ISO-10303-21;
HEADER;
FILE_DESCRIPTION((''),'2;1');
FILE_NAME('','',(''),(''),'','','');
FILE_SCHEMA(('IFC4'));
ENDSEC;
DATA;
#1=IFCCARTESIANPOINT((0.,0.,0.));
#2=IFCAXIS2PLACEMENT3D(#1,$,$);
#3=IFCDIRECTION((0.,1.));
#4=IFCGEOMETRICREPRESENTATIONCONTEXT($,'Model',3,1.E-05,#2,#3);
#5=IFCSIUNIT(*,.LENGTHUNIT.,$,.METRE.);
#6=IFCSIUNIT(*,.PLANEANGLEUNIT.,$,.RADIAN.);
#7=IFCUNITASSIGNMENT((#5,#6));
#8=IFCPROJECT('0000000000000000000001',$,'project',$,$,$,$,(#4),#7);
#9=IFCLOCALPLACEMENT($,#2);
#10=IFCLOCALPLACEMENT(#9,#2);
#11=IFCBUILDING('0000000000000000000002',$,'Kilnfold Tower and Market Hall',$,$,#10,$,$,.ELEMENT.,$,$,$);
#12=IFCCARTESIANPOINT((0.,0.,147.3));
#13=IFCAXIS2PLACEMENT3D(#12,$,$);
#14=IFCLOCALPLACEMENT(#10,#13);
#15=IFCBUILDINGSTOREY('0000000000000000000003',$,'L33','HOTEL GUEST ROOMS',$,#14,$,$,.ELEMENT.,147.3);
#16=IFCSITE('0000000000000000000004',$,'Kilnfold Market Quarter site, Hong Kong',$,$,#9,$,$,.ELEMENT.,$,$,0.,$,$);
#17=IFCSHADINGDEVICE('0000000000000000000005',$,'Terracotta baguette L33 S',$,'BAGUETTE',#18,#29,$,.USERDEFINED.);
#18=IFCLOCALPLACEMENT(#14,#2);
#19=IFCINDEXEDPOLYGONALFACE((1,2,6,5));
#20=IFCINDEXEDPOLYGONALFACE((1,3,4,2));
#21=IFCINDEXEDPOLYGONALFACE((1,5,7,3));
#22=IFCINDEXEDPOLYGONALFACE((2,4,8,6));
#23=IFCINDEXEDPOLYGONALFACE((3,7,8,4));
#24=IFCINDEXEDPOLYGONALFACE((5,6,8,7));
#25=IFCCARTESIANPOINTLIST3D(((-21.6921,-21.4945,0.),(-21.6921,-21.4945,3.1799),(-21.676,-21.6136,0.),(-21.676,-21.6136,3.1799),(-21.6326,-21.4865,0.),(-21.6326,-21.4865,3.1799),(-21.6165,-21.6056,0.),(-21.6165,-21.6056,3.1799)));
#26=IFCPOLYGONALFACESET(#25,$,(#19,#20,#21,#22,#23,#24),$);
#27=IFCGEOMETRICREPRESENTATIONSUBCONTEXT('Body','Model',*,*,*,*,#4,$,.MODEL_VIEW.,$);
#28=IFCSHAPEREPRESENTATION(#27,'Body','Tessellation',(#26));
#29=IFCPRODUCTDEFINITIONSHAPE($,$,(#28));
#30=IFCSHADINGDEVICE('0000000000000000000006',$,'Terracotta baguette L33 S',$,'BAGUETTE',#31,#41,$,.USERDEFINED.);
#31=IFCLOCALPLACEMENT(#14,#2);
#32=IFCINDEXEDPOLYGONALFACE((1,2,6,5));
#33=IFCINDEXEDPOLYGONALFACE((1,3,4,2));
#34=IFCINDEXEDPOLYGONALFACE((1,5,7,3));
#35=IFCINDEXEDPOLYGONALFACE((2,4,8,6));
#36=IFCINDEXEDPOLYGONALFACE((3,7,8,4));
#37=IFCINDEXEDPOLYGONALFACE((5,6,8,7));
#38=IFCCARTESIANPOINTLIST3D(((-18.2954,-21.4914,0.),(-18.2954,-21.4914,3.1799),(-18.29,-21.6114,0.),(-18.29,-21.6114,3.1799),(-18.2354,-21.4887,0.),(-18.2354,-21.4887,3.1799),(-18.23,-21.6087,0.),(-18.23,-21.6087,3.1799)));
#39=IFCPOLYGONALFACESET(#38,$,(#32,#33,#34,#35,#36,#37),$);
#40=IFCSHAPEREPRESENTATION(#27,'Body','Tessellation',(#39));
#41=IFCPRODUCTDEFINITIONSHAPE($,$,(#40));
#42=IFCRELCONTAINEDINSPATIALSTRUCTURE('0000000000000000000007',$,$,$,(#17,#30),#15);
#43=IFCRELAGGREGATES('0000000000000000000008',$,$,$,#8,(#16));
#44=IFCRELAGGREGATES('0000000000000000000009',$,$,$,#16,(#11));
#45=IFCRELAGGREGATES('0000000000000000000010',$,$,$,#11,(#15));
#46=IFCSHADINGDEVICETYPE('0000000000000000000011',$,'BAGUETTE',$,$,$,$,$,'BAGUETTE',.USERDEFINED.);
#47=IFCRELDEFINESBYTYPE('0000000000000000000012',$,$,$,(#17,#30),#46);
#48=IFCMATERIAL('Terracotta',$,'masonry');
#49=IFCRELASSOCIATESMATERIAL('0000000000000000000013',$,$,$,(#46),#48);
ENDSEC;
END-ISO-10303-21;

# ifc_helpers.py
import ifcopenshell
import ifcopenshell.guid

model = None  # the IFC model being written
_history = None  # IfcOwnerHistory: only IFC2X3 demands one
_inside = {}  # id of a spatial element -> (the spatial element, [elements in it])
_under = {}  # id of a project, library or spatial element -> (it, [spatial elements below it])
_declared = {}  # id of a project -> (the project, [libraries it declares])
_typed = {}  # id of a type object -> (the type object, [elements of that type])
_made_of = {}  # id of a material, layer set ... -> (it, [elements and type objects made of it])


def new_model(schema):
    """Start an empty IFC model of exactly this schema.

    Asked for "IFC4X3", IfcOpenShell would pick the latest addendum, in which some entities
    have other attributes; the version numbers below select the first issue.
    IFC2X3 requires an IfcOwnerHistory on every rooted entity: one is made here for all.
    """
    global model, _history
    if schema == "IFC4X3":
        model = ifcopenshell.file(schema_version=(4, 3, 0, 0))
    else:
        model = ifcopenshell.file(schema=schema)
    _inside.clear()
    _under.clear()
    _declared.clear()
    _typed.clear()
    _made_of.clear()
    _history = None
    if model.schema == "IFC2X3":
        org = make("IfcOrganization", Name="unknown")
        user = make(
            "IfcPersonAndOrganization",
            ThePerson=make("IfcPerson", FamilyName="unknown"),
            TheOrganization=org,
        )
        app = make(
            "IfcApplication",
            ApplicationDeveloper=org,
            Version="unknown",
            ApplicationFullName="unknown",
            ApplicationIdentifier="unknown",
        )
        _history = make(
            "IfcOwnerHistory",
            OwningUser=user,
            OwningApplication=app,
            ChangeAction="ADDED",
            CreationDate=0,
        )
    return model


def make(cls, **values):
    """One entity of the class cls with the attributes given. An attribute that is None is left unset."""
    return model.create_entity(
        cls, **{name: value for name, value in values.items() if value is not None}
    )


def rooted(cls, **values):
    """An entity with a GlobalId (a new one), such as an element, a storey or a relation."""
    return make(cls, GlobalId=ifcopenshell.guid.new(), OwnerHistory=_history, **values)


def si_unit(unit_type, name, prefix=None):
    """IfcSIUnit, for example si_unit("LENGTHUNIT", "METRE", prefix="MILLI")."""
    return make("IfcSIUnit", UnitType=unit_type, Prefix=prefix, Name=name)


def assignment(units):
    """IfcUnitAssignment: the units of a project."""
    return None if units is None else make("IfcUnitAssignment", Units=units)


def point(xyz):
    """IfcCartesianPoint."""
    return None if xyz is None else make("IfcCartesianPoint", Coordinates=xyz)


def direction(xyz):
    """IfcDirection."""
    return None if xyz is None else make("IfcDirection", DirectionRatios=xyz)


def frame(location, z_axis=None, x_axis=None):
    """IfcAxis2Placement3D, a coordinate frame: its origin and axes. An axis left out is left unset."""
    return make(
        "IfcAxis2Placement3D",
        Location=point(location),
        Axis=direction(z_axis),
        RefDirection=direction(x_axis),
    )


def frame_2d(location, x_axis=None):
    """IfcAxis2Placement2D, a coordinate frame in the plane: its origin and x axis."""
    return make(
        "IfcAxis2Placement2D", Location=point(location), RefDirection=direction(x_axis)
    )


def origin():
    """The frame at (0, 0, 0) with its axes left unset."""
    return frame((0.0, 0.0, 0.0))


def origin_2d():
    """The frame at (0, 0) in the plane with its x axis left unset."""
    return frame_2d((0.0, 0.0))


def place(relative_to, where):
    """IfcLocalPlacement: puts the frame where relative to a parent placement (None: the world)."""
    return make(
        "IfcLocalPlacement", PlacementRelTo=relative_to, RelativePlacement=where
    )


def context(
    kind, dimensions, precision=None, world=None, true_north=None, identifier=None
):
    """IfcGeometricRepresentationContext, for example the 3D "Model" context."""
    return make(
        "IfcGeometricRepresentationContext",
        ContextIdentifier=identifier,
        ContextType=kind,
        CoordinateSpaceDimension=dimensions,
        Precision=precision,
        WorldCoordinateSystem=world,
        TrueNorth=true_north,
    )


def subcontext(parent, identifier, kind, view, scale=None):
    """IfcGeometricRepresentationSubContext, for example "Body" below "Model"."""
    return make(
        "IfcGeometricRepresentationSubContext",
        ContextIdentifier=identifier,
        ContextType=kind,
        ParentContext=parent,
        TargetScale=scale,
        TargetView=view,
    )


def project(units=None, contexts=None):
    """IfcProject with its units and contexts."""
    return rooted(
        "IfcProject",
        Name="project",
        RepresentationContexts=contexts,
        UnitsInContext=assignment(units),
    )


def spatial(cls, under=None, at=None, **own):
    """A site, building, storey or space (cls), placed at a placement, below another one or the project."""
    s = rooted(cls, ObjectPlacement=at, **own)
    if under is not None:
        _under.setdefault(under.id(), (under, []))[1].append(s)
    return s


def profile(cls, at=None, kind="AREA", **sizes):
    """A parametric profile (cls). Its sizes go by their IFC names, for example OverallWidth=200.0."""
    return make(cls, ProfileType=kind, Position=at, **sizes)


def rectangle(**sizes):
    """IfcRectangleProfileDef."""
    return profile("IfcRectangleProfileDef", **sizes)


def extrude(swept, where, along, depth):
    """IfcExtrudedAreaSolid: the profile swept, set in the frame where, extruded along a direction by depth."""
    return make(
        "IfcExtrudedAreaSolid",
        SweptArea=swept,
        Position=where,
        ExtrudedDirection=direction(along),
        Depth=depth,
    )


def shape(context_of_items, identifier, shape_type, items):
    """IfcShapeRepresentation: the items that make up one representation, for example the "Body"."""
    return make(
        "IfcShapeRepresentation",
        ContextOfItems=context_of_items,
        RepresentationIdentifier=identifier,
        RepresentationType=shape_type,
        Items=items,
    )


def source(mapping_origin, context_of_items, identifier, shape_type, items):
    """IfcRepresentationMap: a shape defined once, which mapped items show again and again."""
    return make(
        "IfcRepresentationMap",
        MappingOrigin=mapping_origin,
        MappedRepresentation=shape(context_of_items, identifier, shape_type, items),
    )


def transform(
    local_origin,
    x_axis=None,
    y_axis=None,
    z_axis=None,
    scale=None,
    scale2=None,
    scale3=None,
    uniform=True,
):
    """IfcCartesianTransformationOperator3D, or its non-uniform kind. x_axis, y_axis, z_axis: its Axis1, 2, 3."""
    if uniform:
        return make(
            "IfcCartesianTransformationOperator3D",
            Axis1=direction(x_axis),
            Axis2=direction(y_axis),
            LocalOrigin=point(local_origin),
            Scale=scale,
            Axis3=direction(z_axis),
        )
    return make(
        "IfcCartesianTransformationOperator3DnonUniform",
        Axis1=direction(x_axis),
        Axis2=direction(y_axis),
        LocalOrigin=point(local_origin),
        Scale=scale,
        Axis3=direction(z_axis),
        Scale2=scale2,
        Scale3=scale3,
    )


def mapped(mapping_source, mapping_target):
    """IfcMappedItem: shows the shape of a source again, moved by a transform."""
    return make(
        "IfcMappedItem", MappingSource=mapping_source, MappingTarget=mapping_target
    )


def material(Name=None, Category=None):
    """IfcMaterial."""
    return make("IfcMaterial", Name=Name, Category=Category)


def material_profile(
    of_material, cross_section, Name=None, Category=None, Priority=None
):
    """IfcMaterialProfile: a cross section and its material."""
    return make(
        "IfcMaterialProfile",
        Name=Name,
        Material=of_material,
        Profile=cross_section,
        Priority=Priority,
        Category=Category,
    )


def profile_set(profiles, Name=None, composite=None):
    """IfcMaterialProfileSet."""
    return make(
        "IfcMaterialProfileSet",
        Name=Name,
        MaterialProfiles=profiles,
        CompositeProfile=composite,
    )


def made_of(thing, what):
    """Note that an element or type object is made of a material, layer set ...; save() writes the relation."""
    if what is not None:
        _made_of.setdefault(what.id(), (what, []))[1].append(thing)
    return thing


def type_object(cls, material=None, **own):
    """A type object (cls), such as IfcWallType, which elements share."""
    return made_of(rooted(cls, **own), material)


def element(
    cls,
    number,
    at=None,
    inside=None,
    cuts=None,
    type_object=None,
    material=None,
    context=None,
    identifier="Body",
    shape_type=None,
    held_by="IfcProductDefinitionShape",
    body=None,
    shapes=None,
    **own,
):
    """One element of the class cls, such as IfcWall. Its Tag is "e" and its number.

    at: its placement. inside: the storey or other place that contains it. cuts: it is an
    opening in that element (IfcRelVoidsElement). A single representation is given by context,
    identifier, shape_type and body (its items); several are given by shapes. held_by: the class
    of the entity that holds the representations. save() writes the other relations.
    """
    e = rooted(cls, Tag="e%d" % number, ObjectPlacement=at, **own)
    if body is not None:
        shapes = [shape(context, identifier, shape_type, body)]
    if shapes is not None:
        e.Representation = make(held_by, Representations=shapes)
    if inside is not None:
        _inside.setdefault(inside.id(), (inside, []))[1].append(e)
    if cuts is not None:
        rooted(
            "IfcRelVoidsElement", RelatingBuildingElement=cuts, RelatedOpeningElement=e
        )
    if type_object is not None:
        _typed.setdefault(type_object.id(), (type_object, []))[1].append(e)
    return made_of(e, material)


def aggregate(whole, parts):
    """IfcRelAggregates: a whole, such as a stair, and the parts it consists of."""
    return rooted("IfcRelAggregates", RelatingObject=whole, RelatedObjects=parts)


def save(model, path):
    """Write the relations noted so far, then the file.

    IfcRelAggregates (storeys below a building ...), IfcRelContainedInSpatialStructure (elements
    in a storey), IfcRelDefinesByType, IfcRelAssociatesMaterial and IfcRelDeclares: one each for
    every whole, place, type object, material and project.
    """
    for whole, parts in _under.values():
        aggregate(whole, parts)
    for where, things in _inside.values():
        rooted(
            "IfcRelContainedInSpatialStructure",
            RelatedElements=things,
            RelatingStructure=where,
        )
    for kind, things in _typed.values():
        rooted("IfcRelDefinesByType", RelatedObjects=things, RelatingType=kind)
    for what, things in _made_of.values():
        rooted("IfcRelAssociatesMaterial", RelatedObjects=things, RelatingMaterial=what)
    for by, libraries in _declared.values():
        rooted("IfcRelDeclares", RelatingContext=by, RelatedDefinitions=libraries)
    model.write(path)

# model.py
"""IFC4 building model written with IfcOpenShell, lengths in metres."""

from ifc_helpers import new_model, si_unit, direction, frame, origin, origin_2d, place, context, subcontext, project, spatial, rectangle, extrude, source, transform, mapped, material, material_profile, profile_set, type_object, element, save


model = new_model("IFC4")

# Units and contexts
model_context = context("Model", 3, precision=1e-05, world=origin(), true_north=direction((0.0, 1.0)))
body_context = subcontext(model_context, "Body", "Model", "MODEL_VIEW")
ifc_project = project(units=[si_unit("LENGTHUNIT", "METRE"), si_unit("PLANEANGLEUNIT", "RADIAN")], contexts=[model_context])

# Site, building, storey
site_placement = place(None, origin())
site = spatial("IfcSite", under=ifc_project, at=site_placement, Name="Kilnfold Market Quarter site, Hong Kong", CompositionType="ELEMENT", RefElevation=0.0)
building_placement = place(site_placement, origin())
building = spatial("IfcBuilding", under=site, at=building_placement, Name="Kilnfold Tower and Market Hall", CompositionType="ELEMENT")
storey_placement = place(building_placement, frame((0.0, 0.0, 147.3)))
storey = spatial("IfcBuildingStorey", under=building, at=storey_placement, Name="L33", Description="HOTEL GUEST ROOMS", CompositionType="ELEMENT", Elevation=147.3)

# Shading devices
ifc_material_1 = material(Name="Terracotta", Category="masonry")
ifc_material_profile_1 = material_profile(ifc_material_1, rectangle(XDim=0.0601, YDim=0.1201, at=origin_2d()), Name="BAG 60x120")
ifc_profile_set_1 = profile_set([ifc_material_profile_1], Name="Terracotta")
shading_device_type = type_object("IfcShadingDeviceType", Name="BAGUETTE", ElementType="BAGUETTE", PredefinedType="USERDEFINED", material=ifc_profile_set_1)
shared_shape_1 = source(origin(), body_context, "Body", "SweptSolid", [
    extrude(rectangle(XDim=0.0601, YDim=0.1201, at=origin_2d()), origin(), (0.0, 0.0, 1.0), 3.1799),
])
for number, where, z_axis, x_axis, name in (
    (1, (-21.6543, -21.55, 0.0), (0.0, 0.0, 1.0), (0.991034, 0.133607, 0.0), "Terracotta baguette L33 S"),
    (2, (-18.2627, -21.55, 0.0), (0.0, 0.0, 1.0), (0.998957, 0.045659, 0.0), "Terracotta baguette L33 S"),
):
    element("IfcShadingDevice", number, at=place(storey_placement, frame(where, z_axis=z_axis, x_axis=x_axis)), inside=storey, type_object=shading_device_type, Name=name, ObjectType="BAGUETTE", PredefinedType="USERDEFINED", context=body_context, shape_type="MappedRepresentation", body=[
        mapped(shared_shape_1, transform((0.0, 0.0, 0.0))),
    ])

save(model, "model.ifc")
